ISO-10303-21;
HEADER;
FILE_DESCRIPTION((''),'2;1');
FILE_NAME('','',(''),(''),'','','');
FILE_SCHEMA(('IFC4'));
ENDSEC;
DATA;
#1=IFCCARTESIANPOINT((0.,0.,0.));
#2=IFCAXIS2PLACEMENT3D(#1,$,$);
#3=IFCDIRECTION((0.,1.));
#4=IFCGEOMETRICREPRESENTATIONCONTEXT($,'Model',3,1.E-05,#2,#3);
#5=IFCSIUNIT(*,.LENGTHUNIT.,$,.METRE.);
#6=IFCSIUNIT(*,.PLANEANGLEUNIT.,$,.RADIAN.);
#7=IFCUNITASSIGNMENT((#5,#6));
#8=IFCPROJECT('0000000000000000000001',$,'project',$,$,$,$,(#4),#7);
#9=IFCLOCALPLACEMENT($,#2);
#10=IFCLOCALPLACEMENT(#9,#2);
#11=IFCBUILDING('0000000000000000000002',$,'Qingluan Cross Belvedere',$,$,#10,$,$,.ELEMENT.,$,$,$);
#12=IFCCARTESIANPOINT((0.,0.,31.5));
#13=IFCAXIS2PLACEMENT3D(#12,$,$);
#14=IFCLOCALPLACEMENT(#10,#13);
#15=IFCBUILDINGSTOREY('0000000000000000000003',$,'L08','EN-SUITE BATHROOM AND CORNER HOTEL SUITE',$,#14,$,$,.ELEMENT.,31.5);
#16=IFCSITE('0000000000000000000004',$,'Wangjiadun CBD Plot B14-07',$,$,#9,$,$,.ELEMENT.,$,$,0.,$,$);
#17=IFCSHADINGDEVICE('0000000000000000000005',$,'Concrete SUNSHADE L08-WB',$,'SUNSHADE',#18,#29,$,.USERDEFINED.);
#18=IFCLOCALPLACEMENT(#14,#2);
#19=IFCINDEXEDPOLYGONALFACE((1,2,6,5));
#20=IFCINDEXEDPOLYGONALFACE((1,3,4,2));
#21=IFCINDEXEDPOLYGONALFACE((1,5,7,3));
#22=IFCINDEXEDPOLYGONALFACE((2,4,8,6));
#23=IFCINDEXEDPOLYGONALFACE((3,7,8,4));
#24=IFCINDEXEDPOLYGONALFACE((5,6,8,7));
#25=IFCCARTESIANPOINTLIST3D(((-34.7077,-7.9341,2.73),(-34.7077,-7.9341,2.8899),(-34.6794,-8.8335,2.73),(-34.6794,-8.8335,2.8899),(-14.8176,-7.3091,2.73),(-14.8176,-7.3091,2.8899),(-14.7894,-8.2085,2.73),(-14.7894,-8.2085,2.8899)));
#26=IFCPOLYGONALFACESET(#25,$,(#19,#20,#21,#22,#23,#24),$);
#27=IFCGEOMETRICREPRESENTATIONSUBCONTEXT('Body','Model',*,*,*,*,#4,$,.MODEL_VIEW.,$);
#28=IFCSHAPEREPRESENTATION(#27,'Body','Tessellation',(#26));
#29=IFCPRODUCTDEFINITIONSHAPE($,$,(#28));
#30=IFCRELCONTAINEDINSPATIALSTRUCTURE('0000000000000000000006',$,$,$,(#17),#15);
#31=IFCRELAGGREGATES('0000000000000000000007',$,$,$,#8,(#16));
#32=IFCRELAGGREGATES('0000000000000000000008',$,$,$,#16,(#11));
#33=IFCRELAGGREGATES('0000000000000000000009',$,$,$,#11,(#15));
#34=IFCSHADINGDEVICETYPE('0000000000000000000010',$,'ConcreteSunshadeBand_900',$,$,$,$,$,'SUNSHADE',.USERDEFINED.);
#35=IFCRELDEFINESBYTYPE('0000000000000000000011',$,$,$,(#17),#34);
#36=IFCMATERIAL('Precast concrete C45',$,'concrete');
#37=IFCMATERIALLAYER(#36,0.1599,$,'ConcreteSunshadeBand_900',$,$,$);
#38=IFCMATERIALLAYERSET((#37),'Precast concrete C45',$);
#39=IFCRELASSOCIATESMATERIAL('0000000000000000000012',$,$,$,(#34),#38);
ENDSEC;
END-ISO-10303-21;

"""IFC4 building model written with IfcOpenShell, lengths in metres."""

from ifc_helpers import new_model, si_unit, direction, frame, origin, origin_2d, place, context, subcontext, project, spatial, rectangle, extrude, material, layer, layer_set, type_object, element, save


model = new_model("IFC4")

# Units and contexts
model_context = context("Model", 3, precision=1e-05, world=origin(), true_north=direction((0.0, 1.0)))
body_context = subcontext(model_context, "Body", "Model", "MODEL_VIEW")
ifc_project = project(units=[si_unit("LENGTHUNIT", "METRE"), si_unit("PLANEANGLEUNIT", "RADIAN")], contexts=[model_context])

# Site, building, storey
site_placement = place(None, origin())
site = spatial("IfcSite", under=ifc_project, at=site_placement, Name="Wangjiadun CBD Plot B14-07", CompositionType="ELEMENT", RefElevation=0.0)
building_placement = place(site_placement, origin())
building = spatial("IfcBuilding", under=site, at=building_placement, Name="Qingluan Cross Belvedere", CompositionType="ELEMENT")
storey_placement = place(building_placement, frame((0.0, 0.0, 31.5)))
storey = spatial("IfcBuildingStorey", under=building, at=storey_placement, Name="L08", Description="EN-SUITE BATHROOM AND CORNER HOTEL SUITE", CompositionType="ELEMENT", Elevation=31.5)

# Shading device
ifc_material_1 = material(Name="Precast concrete C45", Category="concrete")
ifc_layer_1 = layer(ifc_material_1, 0.1599, Name="ConcreteSunshadeBand_900")
ifc_layer_set_1 = layer_set([ifc_layer_1], Name="Precast concrete C45")
shading_device_type = type_object("IfcShadingDeviceType", Name="ConcreteSunshadeBand_900", ElementType="SUNSHADE", PredefinedType="USERDEFINED", material=ifc_layer_set_1)
shading_device_placement = place(storey_placement, frame((-24.7485, -8.0713, 2.73), z_axis=(0.0, 0.0, 1.0), x_axis=(0.999507, 0.031408, 0.0)))
element("IfcShadingDevice", 1, at=shading_device_placement, inside=storey, type_object=shading_device_type, Name="Concrete SUNSHADE L08-WB", ObjectType="SUNSHADE", PredefinedType="USERDEFINED", context=body_context, shape_type="SweptSolid", body=[
    extrude(rectangle(XDim=19.8999, YDim=0.8999, at=origin_2d()), origin(), (0.0, 0.0, 1.0), 0.1599),
])

save(model, "model.ifc")
